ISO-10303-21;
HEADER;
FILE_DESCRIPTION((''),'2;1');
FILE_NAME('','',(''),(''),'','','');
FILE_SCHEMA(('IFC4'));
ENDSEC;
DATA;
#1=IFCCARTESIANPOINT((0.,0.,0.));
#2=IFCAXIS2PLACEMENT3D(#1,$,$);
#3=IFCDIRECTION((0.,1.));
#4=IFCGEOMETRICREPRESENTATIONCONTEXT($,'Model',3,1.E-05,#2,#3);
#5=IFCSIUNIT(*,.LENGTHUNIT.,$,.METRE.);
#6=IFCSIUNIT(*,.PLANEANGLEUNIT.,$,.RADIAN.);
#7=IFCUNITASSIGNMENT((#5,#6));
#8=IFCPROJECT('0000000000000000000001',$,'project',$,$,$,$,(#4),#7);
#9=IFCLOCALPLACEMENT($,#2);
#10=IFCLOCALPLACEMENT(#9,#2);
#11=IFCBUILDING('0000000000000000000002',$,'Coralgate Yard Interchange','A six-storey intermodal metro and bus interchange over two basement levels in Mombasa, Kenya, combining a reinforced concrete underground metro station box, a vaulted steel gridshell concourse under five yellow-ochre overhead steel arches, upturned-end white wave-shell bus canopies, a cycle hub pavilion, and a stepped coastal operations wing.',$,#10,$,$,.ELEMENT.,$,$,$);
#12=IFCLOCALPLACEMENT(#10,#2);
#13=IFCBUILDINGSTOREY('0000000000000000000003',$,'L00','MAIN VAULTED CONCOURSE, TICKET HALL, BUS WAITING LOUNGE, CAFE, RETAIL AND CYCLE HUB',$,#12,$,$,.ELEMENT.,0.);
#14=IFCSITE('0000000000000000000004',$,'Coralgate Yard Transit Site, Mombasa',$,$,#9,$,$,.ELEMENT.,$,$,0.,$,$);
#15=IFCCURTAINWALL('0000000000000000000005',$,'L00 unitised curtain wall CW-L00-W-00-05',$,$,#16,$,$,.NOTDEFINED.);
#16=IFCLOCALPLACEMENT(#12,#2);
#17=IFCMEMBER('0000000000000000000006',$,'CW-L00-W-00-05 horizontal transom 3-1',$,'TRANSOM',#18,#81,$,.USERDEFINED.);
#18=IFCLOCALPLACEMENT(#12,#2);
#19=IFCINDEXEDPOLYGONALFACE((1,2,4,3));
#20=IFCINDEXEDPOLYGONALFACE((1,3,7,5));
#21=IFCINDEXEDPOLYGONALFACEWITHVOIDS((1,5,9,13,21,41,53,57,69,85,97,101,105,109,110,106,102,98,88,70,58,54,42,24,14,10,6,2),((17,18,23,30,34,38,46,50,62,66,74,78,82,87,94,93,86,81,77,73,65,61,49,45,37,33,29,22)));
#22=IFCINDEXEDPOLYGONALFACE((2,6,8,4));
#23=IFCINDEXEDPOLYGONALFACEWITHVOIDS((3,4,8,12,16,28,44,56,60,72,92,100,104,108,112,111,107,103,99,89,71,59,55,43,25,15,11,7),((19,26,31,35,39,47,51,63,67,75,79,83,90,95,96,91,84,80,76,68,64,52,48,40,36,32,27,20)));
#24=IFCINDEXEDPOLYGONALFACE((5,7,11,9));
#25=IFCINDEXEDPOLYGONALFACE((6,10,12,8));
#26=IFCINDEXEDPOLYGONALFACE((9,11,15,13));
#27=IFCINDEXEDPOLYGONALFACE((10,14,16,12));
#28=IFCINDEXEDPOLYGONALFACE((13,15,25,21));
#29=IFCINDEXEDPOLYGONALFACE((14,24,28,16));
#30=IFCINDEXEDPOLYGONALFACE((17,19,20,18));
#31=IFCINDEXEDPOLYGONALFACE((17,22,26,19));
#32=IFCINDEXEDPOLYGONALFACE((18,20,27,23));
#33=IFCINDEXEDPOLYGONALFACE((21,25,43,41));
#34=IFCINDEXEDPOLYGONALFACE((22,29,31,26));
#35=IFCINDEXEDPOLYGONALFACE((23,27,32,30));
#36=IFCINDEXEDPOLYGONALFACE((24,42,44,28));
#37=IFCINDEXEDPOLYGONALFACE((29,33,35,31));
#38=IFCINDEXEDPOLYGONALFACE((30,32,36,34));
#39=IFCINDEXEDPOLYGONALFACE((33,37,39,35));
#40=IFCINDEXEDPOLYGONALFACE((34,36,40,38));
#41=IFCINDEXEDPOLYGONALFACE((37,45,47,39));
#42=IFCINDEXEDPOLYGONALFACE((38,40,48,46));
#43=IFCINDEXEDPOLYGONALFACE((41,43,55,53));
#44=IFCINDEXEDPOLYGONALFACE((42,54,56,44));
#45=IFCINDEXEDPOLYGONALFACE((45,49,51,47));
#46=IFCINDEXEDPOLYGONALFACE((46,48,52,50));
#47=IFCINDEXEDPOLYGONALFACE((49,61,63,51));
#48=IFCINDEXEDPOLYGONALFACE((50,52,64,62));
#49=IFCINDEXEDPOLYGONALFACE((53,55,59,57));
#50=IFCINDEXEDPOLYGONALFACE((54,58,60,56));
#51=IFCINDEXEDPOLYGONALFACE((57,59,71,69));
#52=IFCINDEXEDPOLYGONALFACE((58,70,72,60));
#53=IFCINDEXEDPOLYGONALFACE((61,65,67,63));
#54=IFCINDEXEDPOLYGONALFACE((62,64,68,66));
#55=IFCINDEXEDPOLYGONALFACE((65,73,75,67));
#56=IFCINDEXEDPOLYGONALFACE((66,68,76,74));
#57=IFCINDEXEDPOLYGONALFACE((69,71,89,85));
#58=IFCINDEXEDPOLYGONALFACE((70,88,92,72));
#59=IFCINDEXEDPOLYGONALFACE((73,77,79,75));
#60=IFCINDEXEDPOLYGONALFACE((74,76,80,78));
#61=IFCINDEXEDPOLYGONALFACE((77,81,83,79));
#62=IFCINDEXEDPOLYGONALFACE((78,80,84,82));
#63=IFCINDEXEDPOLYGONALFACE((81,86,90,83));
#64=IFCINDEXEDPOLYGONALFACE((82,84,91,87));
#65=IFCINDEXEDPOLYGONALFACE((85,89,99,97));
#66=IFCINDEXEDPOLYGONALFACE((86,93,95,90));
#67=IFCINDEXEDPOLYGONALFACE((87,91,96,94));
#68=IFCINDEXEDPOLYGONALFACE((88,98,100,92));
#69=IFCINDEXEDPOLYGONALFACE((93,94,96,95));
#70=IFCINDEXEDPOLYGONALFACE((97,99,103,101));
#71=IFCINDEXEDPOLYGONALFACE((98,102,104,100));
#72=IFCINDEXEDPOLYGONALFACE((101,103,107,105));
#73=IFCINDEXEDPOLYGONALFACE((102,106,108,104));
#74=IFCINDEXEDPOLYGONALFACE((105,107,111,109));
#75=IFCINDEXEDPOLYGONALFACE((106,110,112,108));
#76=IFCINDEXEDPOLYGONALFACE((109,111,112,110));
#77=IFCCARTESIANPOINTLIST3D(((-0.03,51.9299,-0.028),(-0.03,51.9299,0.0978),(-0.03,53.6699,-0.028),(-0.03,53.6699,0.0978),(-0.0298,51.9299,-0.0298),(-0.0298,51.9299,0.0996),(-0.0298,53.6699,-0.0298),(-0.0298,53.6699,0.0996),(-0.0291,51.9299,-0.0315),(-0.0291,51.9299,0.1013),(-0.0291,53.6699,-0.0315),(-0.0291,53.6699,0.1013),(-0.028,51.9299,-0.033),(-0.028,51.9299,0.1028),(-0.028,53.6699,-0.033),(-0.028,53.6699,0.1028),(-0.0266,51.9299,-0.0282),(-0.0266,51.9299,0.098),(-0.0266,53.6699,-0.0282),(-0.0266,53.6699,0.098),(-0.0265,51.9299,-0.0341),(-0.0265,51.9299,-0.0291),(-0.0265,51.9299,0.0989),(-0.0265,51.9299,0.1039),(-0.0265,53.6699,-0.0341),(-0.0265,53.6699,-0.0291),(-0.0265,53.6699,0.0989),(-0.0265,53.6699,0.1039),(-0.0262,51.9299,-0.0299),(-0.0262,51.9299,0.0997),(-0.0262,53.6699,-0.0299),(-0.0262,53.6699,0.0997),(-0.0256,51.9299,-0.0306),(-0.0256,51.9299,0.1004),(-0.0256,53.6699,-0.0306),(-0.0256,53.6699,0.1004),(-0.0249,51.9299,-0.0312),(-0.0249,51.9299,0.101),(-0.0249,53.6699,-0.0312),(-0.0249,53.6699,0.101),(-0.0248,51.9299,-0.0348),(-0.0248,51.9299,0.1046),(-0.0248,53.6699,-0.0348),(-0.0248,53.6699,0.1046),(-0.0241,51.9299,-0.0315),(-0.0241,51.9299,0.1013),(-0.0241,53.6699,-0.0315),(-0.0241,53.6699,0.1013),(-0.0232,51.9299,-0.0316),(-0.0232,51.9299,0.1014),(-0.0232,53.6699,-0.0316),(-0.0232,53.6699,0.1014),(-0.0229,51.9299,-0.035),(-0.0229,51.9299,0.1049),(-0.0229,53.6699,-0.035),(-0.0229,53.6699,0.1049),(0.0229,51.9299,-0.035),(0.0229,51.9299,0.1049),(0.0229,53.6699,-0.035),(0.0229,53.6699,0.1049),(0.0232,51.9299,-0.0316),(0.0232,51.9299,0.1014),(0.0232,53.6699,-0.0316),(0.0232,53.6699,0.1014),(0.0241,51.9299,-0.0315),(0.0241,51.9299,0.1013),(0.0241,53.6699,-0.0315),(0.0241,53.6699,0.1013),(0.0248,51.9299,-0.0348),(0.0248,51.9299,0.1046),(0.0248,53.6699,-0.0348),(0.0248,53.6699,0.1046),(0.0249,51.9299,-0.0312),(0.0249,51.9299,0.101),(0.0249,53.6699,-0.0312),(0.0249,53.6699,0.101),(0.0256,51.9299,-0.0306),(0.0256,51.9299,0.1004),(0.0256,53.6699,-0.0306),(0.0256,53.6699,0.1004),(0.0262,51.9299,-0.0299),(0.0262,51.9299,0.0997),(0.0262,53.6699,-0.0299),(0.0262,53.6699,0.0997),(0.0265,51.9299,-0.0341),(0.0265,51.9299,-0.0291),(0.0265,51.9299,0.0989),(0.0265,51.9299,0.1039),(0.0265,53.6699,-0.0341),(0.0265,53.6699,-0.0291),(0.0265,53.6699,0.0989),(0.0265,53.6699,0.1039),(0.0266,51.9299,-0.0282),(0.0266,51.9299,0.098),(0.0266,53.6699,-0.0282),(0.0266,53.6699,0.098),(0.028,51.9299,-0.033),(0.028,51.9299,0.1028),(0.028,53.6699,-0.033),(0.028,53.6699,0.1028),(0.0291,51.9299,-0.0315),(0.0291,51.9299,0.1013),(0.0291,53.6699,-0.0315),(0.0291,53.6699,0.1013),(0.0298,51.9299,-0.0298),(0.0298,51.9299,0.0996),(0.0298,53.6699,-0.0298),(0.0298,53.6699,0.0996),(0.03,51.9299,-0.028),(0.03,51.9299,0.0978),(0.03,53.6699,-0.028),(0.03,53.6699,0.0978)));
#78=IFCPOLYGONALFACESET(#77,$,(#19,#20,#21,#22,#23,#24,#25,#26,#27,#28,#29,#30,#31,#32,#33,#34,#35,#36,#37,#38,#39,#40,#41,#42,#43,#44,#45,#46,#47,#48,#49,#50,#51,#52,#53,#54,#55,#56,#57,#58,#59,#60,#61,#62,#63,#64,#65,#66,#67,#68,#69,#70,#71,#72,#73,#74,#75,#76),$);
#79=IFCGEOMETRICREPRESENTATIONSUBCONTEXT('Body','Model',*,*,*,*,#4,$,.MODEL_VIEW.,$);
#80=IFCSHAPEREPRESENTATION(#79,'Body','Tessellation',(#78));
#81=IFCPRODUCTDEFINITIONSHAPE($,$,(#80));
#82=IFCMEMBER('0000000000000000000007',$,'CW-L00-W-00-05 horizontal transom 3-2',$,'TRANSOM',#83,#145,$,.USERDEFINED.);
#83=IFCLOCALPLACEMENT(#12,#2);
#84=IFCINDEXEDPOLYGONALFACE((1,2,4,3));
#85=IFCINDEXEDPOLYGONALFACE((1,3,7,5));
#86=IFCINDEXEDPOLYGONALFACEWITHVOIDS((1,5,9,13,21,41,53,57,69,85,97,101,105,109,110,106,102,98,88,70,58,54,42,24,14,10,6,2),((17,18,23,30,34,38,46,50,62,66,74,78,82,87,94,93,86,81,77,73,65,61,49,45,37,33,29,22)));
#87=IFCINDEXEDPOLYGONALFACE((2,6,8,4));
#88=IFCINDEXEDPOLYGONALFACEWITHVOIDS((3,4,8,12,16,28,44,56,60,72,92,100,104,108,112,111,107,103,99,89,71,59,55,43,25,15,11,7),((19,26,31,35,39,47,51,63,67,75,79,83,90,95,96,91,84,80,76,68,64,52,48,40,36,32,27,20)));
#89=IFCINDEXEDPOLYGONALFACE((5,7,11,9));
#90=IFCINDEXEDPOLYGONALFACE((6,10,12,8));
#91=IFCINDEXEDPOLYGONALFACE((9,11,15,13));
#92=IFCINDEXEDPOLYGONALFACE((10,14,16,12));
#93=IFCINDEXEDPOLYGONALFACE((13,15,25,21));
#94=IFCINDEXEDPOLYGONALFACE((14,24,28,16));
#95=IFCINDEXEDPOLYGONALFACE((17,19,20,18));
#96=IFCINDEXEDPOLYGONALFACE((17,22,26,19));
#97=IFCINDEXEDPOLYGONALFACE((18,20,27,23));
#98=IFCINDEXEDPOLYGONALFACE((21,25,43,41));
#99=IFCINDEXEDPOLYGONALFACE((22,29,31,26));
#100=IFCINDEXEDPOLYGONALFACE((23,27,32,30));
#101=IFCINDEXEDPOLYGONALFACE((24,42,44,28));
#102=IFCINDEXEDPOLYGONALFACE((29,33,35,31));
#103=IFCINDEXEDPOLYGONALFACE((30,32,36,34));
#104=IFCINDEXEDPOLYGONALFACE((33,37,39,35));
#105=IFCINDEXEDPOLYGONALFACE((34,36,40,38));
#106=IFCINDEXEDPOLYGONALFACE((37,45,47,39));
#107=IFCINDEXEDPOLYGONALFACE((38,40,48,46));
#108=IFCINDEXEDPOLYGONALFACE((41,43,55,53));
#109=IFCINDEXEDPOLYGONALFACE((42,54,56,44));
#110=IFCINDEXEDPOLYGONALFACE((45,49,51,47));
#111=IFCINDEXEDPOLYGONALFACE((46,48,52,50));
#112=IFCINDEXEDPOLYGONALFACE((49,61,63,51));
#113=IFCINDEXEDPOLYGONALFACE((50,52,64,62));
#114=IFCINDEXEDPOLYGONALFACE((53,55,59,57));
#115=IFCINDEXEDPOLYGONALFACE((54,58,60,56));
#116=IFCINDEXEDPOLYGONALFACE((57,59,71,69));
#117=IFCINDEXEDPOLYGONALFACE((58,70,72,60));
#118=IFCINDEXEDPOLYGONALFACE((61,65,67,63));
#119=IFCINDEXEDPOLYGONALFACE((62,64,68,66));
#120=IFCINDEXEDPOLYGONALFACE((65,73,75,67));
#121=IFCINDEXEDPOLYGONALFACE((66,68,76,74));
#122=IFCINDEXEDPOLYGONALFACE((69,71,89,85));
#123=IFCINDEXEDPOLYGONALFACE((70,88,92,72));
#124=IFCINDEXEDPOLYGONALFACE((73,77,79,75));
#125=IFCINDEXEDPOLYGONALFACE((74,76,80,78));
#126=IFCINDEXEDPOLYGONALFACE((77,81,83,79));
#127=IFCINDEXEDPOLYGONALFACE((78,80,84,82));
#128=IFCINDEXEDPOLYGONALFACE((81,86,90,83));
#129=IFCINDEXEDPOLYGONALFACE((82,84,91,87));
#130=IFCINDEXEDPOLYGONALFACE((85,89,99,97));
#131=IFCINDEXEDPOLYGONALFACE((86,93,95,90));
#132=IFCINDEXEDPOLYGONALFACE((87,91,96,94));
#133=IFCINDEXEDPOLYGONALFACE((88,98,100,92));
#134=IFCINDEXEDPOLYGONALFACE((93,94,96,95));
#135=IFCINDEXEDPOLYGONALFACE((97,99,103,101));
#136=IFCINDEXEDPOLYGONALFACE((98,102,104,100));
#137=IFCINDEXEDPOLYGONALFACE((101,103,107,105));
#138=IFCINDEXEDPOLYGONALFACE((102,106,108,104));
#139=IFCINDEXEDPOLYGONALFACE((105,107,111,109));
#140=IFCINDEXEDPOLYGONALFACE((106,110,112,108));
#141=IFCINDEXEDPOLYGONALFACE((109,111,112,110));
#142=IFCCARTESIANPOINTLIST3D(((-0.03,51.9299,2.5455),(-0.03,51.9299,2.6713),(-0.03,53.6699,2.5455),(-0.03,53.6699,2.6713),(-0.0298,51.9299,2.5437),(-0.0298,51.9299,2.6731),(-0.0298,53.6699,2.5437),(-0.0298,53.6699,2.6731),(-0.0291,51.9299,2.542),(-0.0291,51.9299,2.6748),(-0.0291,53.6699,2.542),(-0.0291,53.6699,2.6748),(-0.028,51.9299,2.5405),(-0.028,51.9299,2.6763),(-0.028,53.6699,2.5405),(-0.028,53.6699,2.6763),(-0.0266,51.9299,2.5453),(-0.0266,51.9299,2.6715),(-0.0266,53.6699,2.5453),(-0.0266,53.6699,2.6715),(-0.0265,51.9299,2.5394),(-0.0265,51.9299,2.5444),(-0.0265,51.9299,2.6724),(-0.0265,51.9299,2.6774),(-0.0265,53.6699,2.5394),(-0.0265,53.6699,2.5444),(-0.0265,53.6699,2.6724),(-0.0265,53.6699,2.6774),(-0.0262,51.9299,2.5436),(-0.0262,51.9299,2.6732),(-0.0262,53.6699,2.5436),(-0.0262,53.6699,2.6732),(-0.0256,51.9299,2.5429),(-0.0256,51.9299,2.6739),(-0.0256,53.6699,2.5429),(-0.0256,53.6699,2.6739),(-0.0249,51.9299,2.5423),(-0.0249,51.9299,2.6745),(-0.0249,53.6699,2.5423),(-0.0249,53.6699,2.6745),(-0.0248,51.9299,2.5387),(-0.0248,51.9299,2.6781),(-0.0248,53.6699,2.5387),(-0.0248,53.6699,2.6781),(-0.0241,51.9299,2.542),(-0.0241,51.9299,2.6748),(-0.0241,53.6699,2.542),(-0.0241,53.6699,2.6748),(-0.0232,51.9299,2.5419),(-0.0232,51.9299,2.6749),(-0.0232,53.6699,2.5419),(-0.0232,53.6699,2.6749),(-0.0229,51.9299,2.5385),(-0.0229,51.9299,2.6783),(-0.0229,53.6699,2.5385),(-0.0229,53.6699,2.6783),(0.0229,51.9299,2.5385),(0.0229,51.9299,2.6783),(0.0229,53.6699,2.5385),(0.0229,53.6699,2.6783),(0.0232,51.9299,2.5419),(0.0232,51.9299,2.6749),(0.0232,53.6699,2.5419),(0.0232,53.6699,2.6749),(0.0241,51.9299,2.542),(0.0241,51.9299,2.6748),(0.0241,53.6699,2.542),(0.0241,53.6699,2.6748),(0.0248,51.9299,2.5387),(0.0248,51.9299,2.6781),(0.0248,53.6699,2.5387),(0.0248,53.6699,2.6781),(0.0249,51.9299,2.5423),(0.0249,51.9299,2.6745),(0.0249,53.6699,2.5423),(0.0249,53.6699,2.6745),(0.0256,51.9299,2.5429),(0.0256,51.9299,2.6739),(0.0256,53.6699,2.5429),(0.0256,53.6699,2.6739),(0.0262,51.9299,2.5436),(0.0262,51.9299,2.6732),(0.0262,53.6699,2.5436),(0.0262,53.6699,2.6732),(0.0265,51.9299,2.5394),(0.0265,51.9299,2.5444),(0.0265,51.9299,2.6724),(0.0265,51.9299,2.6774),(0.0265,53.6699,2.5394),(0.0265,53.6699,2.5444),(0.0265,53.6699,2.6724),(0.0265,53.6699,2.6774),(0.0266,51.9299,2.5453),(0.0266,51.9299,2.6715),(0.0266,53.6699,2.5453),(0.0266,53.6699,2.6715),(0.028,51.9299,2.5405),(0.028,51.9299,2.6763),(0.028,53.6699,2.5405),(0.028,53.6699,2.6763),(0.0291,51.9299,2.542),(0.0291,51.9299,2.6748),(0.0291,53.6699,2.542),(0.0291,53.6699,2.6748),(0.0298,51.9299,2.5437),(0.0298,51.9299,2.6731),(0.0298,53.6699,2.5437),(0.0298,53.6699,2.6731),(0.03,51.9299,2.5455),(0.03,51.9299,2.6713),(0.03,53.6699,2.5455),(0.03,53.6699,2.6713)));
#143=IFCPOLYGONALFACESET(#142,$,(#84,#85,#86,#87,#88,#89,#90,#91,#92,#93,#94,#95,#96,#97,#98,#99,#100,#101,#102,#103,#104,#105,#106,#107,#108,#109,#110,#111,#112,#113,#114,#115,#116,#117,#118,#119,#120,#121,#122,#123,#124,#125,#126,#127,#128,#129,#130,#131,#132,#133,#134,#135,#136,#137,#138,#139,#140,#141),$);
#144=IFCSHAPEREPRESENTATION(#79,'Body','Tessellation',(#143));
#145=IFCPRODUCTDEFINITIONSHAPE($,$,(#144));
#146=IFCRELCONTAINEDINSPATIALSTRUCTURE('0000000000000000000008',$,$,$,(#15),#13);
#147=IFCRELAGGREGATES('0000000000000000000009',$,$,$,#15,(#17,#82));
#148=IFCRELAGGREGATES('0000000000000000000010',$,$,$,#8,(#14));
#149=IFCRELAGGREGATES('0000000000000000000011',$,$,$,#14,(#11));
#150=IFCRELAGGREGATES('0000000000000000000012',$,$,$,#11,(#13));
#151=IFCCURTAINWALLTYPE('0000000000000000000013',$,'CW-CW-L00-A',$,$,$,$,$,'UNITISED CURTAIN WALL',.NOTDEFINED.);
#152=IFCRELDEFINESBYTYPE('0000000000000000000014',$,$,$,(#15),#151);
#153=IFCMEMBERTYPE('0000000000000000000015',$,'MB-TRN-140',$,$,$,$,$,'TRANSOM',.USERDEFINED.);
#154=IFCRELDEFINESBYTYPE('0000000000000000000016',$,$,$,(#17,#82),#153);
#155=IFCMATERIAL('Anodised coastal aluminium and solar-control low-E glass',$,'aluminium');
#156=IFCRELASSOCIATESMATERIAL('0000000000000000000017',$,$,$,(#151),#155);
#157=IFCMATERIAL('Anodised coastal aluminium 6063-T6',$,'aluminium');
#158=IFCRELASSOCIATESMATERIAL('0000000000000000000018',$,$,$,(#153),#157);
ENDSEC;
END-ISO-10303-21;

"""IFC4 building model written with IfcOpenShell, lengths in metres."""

from ifc_helpers import new_model, si_unit, direction, frame, origin, origin_2d, place, context, subcontext, project, spatial, hollow_rectangle, extrude, material, material_profile, profile_set, type_object, element, aggregate, save


model = new_model("IFC4")

# Units and contexts
model_context = context("Model", 3, precision=1e-05, world=origin(), true_north=direction((0.0, 1.0)))
body_context = subcontext(model_context, "Body", "Model", "MODEL_VIEW")
ifc_project = project(units=[si_unit("LENGTHUNIT", "METRE"), si_unit("PLANEANGLEUNIT", "RADIAN")], contexts=[model_context])

# Site, building, storey
site_placement = place(None, origin())
site = spatial("IfcSite", under=ifc_project, at=site_placement, Name="Coralgate Yard Transit Site, Mombasa", CompositionType="ELEMENT", RefElevation=0.0)
building_placement = place(site_placement, origin())
building = spatial("IfcBuilding", under=site, at=building_placement, Name="Coralgate Yard Interchange", Description="A six-storey intermodal metro and bus interchange over two basement levels in Mombasa, Kenya, combining a reinforced concrete underground metro station box, a vaulted steel gridshell concourse under five yellow-ochre overhead steel arches, upturned-end white wave-shell bus canopies, a cycle hub pavilion, and a stepped coastal operations wing.", CompositionType="ELEMENT")
storey_placement = place(building_placement, origin())
storey = spatial("IfcBuildingStorey", under=building, at=storey_placement, Name="L00", Description="MAIN VAULTED CONCOURSE, TICKET HALL, BUS WAITING LOUNGE, CAFE, RETAIL AND CYCLE HUB", CompositionType="ELEMENT", Elevation=0.0)

# Curtain wall, members
ifc_material_1 = material(Name="Anodised coastal aluminium and solar-control low-E glass", Category="aluminium")
curtain_wall_type = type_object("IfcCurtainWallType", Name="CW-CW-L00-A", ElementType="UNITISED CURTAIN WALL", PredefinedType="NOTDEFINED", material=ifc_material_1)
curtain_wall_placement = place(storey_placement, origin())
curtain_wall = element("IfcCurtainWall", 1, at=curtain_wall_placement, inside=storey, type_object=curtain_wall_type, Name="L00 unitised curtain wall CW-L00-W-00-05", PredefinedType="NOTDEFINED")
ifc_material_2 = material(Name="Anodised coastal aluminium 6063-T6", Category="aluminium")
ifc_material_profile_1 = material_profile(ifc_material_2, hollow_rectangle(XDim=0.0601, YDim=0.1399, WallThickness=0.0034, InnerFilletRadius=0.0034, OuterFilletRadius=0.0071, at=origin_2d()), Name="ALU 60x140x3.5")
ifc_profile_set_1 = profile_set([ifc_material_profile_1], Name="Anodised coastal aluminium 6063-T6")
member_type_1 = type_object("IfcMemberType", Name="MB-TRN-140", ElementType="TRANSOM", PredefinedType="USERDEFINED", material=ifc_profile_set_1)
member_1_placement = place(storey_placement, frame((0.0, 51.9299, 0.0349), z_axis=(0.0, 1.0, 0.0), x_axis=(-1.0, 0.0, 0.0)))
member_1 = element("IfcMember", 2, at=member_1_placement, type_object=member_type_1, Name="CW-L00-W-00-05 horizontal transom 3-1", ObjectType="TRANSOM", PredefinedType="USERDEFINED", context=body_context, shape_type="SweptSolid", body=[
    extrude(hollow_rectangle(XDim=0.0601, YDim=0.1399, WallThickness=0.0034, InnerFilletRadius=0.0034, OuterFilletRadius=0.0071, at=origin_2d()), origin(), (0.0, 0.0, 1.0), 1.74),
])
member_2_placement = place(storey_placement, frame((0.0, 51.9299, 2.6084), z_axis=(0.0, 1.0, 0.0), x_axis=(-1.0, 0.0, 0.0)))
member_2 = element("IfcMember", 3, at=member_2_placement, type_object=member_type_1, Name="CW-L00-W-00-05 horizontal transom 3-2", ObjectType="TRANSOM", PredefinedType="USERDEFINED", context=body_context, shape_type="SweptSolid", body=[
    extrude(hollow_rectangle(XDim=0.0601, YDim=0.1399, WallThickness=0.0034, InnerFilletRadius=0.0034, OuterFilletRadius=0.0071, at=origin_2d()), origin(), (0.0, 0.0, 1.0), 1.74),
])
aggregate(curtain_wall, [member_1, member_2])

save(model, "model.ifc")
